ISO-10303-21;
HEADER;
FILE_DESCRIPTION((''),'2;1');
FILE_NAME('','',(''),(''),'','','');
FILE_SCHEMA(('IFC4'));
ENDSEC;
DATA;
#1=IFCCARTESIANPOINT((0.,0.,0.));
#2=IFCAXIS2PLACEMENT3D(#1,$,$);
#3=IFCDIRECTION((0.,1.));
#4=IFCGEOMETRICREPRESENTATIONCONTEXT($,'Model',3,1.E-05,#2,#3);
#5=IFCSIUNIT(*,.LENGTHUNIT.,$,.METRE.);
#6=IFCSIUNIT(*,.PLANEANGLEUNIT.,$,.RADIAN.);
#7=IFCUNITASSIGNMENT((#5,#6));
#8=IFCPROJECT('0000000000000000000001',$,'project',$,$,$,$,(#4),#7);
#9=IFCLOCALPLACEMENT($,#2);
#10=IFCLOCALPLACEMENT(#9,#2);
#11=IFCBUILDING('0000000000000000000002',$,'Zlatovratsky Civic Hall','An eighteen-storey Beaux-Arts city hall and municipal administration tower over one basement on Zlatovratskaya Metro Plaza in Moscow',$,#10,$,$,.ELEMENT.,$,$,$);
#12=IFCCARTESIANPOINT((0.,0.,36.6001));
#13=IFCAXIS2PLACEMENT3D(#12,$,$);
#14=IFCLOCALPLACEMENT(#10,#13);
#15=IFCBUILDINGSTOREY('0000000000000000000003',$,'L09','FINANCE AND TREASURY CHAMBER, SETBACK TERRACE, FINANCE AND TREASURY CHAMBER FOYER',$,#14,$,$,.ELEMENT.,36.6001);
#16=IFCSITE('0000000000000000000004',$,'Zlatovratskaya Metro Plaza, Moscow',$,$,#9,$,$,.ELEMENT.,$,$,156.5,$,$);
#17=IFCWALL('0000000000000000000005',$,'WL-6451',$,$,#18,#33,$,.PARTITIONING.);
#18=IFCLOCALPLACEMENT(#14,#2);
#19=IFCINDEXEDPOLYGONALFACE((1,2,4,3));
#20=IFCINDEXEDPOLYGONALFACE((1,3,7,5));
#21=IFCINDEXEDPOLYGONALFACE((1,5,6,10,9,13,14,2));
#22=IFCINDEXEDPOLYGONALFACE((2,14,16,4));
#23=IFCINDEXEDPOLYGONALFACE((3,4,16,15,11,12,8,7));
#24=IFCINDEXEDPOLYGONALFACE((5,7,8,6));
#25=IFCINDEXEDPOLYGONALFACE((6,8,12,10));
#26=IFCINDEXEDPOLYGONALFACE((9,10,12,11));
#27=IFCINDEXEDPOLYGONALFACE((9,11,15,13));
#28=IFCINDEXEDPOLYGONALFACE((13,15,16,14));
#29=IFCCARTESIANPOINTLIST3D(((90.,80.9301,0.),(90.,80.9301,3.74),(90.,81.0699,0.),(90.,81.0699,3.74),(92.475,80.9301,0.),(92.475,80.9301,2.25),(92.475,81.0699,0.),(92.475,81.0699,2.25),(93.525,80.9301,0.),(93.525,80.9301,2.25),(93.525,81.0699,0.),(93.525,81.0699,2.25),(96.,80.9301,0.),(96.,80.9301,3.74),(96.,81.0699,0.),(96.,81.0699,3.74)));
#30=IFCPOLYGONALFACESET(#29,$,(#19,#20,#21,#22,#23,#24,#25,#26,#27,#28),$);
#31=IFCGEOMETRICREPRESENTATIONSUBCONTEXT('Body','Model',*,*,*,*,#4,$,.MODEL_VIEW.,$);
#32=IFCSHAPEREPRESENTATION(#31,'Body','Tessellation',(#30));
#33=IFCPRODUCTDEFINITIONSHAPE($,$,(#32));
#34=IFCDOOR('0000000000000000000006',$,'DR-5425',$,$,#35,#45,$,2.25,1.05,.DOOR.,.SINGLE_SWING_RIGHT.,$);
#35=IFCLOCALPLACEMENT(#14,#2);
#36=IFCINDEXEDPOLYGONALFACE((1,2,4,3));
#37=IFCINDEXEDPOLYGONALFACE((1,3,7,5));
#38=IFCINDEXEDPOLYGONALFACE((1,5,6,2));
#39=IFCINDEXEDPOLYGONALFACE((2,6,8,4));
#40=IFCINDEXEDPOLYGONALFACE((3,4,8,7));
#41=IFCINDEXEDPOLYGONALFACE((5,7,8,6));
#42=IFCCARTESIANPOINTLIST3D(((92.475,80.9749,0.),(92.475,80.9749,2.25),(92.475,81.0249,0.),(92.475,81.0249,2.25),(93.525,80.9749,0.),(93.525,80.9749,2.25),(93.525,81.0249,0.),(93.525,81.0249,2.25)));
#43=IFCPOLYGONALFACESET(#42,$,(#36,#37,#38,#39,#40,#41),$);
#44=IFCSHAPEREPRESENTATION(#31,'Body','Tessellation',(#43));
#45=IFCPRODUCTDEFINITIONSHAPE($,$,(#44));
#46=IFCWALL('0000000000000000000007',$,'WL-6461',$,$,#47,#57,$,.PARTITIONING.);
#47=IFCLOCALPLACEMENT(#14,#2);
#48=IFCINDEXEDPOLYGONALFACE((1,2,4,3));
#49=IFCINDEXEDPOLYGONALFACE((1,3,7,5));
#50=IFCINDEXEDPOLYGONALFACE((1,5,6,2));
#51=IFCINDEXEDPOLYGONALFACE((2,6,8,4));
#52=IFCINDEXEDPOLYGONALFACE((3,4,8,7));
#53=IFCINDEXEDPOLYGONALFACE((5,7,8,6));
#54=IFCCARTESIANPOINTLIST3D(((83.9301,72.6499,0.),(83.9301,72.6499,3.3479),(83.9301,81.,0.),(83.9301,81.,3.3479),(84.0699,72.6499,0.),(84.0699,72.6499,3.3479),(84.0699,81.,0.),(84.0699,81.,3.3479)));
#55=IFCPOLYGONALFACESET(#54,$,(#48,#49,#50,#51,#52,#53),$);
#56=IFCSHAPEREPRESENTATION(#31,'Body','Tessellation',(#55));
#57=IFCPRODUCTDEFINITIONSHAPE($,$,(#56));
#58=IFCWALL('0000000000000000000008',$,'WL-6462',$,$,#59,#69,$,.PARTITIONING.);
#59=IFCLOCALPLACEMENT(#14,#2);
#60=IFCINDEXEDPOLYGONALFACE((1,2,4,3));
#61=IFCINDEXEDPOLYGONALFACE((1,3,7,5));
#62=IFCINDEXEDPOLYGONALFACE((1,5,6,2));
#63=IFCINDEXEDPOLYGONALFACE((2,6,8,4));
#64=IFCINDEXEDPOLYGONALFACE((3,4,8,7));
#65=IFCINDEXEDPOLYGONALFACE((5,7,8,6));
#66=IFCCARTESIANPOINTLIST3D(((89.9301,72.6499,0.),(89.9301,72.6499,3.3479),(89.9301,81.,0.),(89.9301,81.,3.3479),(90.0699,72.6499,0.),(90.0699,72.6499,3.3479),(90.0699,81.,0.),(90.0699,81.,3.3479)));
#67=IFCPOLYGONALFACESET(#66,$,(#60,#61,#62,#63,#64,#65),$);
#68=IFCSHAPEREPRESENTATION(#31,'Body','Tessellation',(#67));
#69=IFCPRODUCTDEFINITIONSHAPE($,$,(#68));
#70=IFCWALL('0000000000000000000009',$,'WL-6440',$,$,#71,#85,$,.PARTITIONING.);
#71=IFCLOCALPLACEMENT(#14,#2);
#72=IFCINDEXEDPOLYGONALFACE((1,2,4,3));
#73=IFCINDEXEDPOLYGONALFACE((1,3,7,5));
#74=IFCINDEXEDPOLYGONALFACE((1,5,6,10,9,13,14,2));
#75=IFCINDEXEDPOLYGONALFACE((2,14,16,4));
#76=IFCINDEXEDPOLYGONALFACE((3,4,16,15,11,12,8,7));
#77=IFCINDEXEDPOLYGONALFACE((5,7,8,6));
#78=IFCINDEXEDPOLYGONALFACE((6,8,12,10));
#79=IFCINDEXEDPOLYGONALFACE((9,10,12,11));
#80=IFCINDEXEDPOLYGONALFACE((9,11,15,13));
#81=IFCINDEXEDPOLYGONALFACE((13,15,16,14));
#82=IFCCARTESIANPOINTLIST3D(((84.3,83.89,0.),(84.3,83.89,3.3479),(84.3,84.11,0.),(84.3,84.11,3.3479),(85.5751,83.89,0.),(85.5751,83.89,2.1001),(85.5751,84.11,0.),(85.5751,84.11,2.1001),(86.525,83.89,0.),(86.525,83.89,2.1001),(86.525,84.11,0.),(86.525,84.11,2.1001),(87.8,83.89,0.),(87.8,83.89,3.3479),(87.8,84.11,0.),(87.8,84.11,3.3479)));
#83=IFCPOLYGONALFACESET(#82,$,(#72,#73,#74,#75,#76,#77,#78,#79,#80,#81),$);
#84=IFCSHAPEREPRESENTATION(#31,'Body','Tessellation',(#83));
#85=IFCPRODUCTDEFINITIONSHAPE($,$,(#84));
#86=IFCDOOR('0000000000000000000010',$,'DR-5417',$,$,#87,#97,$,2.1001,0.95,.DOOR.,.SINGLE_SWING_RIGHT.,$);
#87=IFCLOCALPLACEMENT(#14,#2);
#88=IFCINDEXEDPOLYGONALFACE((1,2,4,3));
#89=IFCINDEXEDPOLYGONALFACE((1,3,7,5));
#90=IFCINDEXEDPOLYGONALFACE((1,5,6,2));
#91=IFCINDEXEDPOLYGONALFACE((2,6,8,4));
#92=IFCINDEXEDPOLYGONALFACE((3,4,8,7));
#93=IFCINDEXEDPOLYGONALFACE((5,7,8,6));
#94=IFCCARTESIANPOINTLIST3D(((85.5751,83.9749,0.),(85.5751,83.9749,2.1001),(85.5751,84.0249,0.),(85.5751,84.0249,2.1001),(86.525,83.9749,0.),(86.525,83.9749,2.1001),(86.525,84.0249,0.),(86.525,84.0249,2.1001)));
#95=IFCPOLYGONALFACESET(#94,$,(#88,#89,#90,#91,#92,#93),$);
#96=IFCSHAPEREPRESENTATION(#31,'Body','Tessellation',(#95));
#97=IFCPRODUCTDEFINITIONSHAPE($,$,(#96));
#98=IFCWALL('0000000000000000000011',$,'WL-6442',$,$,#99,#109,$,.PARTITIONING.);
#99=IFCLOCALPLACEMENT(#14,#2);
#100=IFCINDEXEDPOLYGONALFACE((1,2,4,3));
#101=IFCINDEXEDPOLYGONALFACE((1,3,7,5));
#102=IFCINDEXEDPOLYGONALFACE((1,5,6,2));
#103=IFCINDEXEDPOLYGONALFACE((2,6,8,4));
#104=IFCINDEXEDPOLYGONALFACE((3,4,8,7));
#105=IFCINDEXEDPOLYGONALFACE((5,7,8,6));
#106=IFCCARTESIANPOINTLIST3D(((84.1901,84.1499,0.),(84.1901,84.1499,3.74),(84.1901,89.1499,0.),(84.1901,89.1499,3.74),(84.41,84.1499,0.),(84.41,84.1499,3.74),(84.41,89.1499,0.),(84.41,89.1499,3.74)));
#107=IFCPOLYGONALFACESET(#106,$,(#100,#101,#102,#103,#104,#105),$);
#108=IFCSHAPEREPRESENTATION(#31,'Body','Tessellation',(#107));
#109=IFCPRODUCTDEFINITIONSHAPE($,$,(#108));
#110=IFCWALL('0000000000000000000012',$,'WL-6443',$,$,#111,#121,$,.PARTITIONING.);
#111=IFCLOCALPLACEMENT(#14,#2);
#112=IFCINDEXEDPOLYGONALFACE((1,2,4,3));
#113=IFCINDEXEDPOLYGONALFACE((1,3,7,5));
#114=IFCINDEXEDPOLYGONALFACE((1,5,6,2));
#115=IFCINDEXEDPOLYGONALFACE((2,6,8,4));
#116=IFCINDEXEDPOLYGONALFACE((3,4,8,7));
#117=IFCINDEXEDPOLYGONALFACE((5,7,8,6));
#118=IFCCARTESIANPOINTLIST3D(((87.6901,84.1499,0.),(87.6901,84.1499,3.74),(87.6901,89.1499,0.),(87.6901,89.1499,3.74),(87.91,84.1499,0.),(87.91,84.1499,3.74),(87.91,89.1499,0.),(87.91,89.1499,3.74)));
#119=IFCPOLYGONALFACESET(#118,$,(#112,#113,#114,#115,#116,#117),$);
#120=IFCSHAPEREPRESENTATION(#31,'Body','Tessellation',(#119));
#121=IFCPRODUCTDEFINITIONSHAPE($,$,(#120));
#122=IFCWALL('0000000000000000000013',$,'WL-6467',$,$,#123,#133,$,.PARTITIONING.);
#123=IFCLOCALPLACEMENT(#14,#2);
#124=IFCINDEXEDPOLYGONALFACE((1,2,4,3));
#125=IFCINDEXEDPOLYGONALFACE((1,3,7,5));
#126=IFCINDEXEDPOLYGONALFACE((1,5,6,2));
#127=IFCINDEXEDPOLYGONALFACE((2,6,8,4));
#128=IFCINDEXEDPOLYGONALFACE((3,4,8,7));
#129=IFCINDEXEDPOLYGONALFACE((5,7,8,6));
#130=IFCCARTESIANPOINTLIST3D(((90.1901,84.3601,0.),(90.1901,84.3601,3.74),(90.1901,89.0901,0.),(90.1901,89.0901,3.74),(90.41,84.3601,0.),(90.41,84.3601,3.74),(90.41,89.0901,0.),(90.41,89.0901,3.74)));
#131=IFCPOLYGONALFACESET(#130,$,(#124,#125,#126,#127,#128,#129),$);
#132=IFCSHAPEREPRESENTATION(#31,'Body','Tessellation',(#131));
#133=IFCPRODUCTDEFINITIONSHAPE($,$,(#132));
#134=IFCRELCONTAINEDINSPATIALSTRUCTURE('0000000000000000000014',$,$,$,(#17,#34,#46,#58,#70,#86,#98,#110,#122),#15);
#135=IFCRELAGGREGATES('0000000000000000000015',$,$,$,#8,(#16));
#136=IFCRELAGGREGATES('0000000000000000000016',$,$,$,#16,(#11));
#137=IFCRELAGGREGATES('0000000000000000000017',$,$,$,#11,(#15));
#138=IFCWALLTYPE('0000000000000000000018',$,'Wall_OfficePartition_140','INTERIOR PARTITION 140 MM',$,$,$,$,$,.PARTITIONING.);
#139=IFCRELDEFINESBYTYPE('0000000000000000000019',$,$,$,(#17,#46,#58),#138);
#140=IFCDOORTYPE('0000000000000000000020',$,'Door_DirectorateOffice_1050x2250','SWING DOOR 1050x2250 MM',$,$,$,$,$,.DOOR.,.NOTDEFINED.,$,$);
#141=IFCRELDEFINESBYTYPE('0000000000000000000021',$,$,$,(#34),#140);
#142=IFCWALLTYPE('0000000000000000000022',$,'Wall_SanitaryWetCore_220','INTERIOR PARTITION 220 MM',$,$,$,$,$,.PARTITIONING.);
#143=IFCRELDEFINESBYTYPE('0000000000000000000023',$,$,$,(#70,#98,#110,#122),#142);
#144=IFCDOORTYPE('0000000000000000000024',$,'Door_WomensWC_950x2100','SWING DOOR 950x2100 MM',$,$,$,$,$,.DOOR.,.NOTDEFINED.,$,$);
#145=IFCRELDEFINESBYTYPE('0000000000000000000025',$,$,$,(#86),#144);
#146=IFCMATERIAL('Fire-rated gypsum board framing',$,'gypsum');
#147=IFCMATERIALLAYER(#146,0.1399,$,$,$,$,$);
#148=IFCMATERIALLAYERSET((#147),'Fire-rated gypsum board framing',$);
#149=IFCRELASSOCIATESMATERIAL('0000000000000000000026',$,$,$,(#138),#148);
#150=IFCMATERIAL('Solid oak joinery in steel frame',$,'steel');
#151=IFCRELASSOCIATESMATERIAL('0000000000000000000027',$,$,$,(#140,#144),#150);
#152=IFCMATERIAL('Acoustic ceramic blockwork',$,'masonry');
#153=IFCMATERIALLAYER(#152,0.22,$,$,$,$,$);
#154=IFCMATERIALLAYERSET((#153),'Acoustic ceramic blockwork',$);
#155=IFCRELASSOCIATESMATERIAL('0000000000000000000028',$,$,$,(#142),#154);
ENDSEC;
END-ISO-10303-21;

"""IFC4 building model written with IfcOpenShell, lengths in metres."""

from ifc_helpers import new_model, si_unit, direction, frame, frame_2d, origin, place, context, subcontext, project, spatial, rectangle, extrude, material, layer, layer_set, type_object, element, fill, save


model = new_model("IFC4")

# Units and contexts
model_context = context("Model", 3, precision=1e-05, world=origin(), true_north=direction((0.0, 1.0)))
body_context = subcontext(model_context, "Body", "Model", "MODEL_VIEW")
ifc_project = project(units=[si_unit("LENGTHUNIT", "METRE"), si_unit("PLANEANGLEUNIT", "RADIAN")], contexts=[model_context])

# Site, building, storey
site_placement = place(None, origin())
site = spatial("IfcSite", under=ifc_project, at=site_placement, Name="Zlatovratskaya Metro Plaza, Moscow", CompositionType="ELEMENT", RefElevation=156.5)
building_placement = place(site_placement, origin())
building = spatial("IfcBuilding", under=site, at=building_placement, Name="Zlatovratsky Civic Hall", Description="An eighteen-storey Beaux-Arts city hall and municipal administration tower over one basement on Zlatovratskaya Metro Plaza in Moscow", CompositionType="ELEMENT")
storey_placement = place(building_placement, frame((0.0, 0.0, 36.6001)))
storey = spatial("IfcBuildingStorey", under=building, at=storey_placement, Name="L09", Description="FINANCE AND TREASURY CHAMBER, SETBACK TERRACE, FINANCE AND TREASURY CHAMBER FOYER", CompositionType="ELEMENT", Elevation=36.6001)

# Wall, opening, door
ifc_material_1 = material(Name="Fire-rated gypsum board framing", Category="gypsum")
ifc_layer_1 = layer(ifc_material_1, 0.1399)
ifc_layer_set_1 = layer_set([ifc_layer_1], Name="Fire-rated gypsum board framing")
wall_type_1 = type_object("IfcWallType", Name="Wall_OfficePartition_140", Description="INTERIOR PARTITION 140 MM", PredefinedType="PARTITIONING", material=ifc_layer_set_1)
ifc_material_2 = material(Name="Solid oak joinery in steel frame", Category="steel")
door_type_1 = type_object("IfcDoorType", Name="Door_DirectorateOffice_1050x2250", Description="SWING DOOR 1050x2250 MM", OperationType="NOTDEFINED", PredefinedType="DOOR", material=ifc_material_2)
wall_1_placement = place(storey_placement, frame((90.0, 81.0, 0.0), z_axis=(0.0, 0.0, 1.0), x_axis=(1.0, 0.0, 0.0)))
wall_1 = element("IfcWall", 1, at=wall_1_placement, inside=storey, type_object=wall_type_1, Name="WL-6451", PredefinedType="PARTITIONING", context=body_context, shape_type="SweptSolid", body=[
    extrude(rectangle(XDim=6.0, YDim=0.1399, at=frame_2d((3.0, 0.0))), origin(), (0.0, 0.0, 1.0), 3.74),
])
opening_1_placement = place(wall_1_placement, frame((2.4751, 0.0, 0.0)))
opening_1 = element("IfcOpeningElement", 2, at=opening_1_placement, cuts=wall_1, PredefinedType="OPENING", context=body_context, shape_type="SweptSolid", body=[
    extrude(rectangle(XDim=1.05, YDim=2.25, at=frame_2d((0.5249, 1.125))), frame((0.0, 0.085, 0.0), z_axis=(0.0, -1.0, 0.0), x_axis=(1.0, 0.0, 0.0)), (0.0, 0.0, 1.0), 0.1697),
])
door_1_placement = place(opening_1_placement, origin())
door_1 = element("IfcDoor", 3, at=door_1_placement, inside=storey, type_object=door_type_1, Name="DR-5425", OperationType="SINGLE_SWING_RIGHT", OverallHeight=2.25, OverallWidth=1.05, PredefinedType="DOOR", context=body_context, shape_type="SweptSolid", body=[
    extrude(rectangle(XDim=1.05, YDim=2.25, at=frame_2d((0.5249, 1.125))), frame((0.0, 0.0249, 0.0), z_axis=(0.0, -1.0, 0.0), x_axis=(1.0, 0.0, 0.0)), (0.0, 0.0, 1.0), 0.05),
])
fill(opening_1, door_1)

# Walls
for number, where, z_axis, x_axis, name in (
    (4, (84.0, 72.6499, 0.0), (0.0, 0.0, 1.0), (0.0, 1.0, 0.0), "WL-6461"),
    (5, (90.0, 72.6499, 0.0), (0.0, 0.0, 1.0), (0.0, 1.0, 0.0), "WL-6462"),
):
    element("IfcWall", number, at=place(storey_placement, frame(where, z_axis=z_axis, x_axis=x_axis)), inside=storey, type_object=wall_type_1, Name=name, PredefinedType="PARTITIONING", context=body_context, shape_type="SweptSolid", body=[
        extrude(rectangle(XDim=8.3501, YDim=0.1399, at=frame_2d((4.175, 0.0))), origin(), (0.0, 0.0, 1.0), 3.3479),
    ])

# Wall, opening, door
ifc_material_3 = material(Name="Acoustic ceramic blockwork", Category="masonry")
ifc_layer_2 = layer(ifc_material_3, 0.22)
ifc_layer_set_2 = layer_set([ifc_layer_2], Name="Acoustic ceramic blockwork")
wall_type_2 = type_object("IfcWallType", Name="Wall_SanitaryWetCore_220", Description="INTERIOR PARTITION 220 MM", PredefinedType="PARTITIONING", material=ifc_layer_set_2)
wall_2_placement = place(storey_placement, frame((84.3, 84.0, 0.0), z_axis=(0.0, 0.0, 1.0), x_axis=(1.0, 0.0, 0.0)))
wall_2 = element("IfcWall", 6, at=wall_2_placement, inside=storey, type_object=wall_type_2, Name="WL-6440", PredefinedType="PARTITIONING", context=body_context, shape_type="SweptSolid", body=[
    extrude(rectangle(XDim=3.5, YDim=0.22, at=frame_2d((1.75, 0.0))), origin(), (0.0, 0.0, 1.0), 3.3479),
])
opening_2_placement = place(wall_2_placement, frame((1.2749, 0.0, 0.0)))
opening_2 = element("IfcOpeningElement", 7, at=opening_2_placement, cuts=wall_2, PredefinedType="OPENING", context=body_context, shape_type="SweptSolid", body=[
    extrude(rectangle(XDim=0.95, YDim=2.1001, at=frame_2d((0.4751, 1.05))), frame((0.0, 0.125, 0.0), z_axis=(0.0, -1.0, 0.0), x_axis=(1.0, 0.0, 0.0)), (0.0, 0.0, 1.0), 0.2498),
])
door_type_2 = type_object("IfcDoorType", Name="Door_WomensWC_950x2100", Description="SWING DOOR 950x2100 MM", OperationType="NOTDEFINED", PredefinedType="DOOR", material=ifc_material_2)
door_2_placement = place(opening_2_placement, origin())
door_2 = element("IfcDoor", 8, at=door_2_placement, inside=storey, type_object=door_type_2, Name="DR-5417", OperationType="SINGLE_SWING_RIGHT", OverallHeight=2.1001, OverallWidth=0.95, PredefinedType="DOOR", context=body_context, shape_type="SweptSolid", body=[
    extrude(rectangle(XDim=0.95, YDim=2.1001, at=frame_2d((0.4751, 1.05))), frame((0.0, 0.0249, 0.0), z_axis=(0.0, -1.0, 0.0), x_axis=(1.0, 0.0, 0.0)), (0.0, 0.0, 1.0), 0.05),
])
fill(opening_2, door_2)

# Walls
for number, where, z_axis, x_axis, name in (
    (9, (84.3, 84.1499, 0.0), (0.0, 0.0, 1.0), (0.0, 1.0, 0.0), "WL-6442"),
    (10, (87.8, 84.1499, 0.0), (0.0, 0.0, 1.0), (0.0, 1.0, 0.0), "WL-6443"),
):
    element("IfcWall", number, at=place(storey_placement, frame(where, z_axis=z_axis, x_axis=x_axis)), inside=storey, type_object=wall_type_2, Name=name, PredefinedType="PARTITIONING", context=body_context, shape_type="SweptSolid", body=[
        extrude(rectangle(XDim=5.0, YDim=0.22, at=frame_2d((2.5, 0.0))), origin(), (0.0, 0.0, 1.0), 3.74),
    ])
wall_3_placement = place(storey_placement, frame((90.3, 84.3601, 0.0), z_axis=(0.0, 0.0, 1.0), x_axis=(0.0, 1.0, 0.0)))
element("IfcWall", 11, at=wall_3_placement, inside=storey, type_object=wall_type_2, Name="WL-6467", PredefinedType="PARTITIONING", context=body_context, shape_type="SweptSolid", body=[
    extrude(rectangle(XDim=4.73, YDim=0.22, at=frame_2d((2.365, 0.0))), origin(), (0.0, 0.0, 1.0), 3.74),
])

save(model, "model.ifc")
